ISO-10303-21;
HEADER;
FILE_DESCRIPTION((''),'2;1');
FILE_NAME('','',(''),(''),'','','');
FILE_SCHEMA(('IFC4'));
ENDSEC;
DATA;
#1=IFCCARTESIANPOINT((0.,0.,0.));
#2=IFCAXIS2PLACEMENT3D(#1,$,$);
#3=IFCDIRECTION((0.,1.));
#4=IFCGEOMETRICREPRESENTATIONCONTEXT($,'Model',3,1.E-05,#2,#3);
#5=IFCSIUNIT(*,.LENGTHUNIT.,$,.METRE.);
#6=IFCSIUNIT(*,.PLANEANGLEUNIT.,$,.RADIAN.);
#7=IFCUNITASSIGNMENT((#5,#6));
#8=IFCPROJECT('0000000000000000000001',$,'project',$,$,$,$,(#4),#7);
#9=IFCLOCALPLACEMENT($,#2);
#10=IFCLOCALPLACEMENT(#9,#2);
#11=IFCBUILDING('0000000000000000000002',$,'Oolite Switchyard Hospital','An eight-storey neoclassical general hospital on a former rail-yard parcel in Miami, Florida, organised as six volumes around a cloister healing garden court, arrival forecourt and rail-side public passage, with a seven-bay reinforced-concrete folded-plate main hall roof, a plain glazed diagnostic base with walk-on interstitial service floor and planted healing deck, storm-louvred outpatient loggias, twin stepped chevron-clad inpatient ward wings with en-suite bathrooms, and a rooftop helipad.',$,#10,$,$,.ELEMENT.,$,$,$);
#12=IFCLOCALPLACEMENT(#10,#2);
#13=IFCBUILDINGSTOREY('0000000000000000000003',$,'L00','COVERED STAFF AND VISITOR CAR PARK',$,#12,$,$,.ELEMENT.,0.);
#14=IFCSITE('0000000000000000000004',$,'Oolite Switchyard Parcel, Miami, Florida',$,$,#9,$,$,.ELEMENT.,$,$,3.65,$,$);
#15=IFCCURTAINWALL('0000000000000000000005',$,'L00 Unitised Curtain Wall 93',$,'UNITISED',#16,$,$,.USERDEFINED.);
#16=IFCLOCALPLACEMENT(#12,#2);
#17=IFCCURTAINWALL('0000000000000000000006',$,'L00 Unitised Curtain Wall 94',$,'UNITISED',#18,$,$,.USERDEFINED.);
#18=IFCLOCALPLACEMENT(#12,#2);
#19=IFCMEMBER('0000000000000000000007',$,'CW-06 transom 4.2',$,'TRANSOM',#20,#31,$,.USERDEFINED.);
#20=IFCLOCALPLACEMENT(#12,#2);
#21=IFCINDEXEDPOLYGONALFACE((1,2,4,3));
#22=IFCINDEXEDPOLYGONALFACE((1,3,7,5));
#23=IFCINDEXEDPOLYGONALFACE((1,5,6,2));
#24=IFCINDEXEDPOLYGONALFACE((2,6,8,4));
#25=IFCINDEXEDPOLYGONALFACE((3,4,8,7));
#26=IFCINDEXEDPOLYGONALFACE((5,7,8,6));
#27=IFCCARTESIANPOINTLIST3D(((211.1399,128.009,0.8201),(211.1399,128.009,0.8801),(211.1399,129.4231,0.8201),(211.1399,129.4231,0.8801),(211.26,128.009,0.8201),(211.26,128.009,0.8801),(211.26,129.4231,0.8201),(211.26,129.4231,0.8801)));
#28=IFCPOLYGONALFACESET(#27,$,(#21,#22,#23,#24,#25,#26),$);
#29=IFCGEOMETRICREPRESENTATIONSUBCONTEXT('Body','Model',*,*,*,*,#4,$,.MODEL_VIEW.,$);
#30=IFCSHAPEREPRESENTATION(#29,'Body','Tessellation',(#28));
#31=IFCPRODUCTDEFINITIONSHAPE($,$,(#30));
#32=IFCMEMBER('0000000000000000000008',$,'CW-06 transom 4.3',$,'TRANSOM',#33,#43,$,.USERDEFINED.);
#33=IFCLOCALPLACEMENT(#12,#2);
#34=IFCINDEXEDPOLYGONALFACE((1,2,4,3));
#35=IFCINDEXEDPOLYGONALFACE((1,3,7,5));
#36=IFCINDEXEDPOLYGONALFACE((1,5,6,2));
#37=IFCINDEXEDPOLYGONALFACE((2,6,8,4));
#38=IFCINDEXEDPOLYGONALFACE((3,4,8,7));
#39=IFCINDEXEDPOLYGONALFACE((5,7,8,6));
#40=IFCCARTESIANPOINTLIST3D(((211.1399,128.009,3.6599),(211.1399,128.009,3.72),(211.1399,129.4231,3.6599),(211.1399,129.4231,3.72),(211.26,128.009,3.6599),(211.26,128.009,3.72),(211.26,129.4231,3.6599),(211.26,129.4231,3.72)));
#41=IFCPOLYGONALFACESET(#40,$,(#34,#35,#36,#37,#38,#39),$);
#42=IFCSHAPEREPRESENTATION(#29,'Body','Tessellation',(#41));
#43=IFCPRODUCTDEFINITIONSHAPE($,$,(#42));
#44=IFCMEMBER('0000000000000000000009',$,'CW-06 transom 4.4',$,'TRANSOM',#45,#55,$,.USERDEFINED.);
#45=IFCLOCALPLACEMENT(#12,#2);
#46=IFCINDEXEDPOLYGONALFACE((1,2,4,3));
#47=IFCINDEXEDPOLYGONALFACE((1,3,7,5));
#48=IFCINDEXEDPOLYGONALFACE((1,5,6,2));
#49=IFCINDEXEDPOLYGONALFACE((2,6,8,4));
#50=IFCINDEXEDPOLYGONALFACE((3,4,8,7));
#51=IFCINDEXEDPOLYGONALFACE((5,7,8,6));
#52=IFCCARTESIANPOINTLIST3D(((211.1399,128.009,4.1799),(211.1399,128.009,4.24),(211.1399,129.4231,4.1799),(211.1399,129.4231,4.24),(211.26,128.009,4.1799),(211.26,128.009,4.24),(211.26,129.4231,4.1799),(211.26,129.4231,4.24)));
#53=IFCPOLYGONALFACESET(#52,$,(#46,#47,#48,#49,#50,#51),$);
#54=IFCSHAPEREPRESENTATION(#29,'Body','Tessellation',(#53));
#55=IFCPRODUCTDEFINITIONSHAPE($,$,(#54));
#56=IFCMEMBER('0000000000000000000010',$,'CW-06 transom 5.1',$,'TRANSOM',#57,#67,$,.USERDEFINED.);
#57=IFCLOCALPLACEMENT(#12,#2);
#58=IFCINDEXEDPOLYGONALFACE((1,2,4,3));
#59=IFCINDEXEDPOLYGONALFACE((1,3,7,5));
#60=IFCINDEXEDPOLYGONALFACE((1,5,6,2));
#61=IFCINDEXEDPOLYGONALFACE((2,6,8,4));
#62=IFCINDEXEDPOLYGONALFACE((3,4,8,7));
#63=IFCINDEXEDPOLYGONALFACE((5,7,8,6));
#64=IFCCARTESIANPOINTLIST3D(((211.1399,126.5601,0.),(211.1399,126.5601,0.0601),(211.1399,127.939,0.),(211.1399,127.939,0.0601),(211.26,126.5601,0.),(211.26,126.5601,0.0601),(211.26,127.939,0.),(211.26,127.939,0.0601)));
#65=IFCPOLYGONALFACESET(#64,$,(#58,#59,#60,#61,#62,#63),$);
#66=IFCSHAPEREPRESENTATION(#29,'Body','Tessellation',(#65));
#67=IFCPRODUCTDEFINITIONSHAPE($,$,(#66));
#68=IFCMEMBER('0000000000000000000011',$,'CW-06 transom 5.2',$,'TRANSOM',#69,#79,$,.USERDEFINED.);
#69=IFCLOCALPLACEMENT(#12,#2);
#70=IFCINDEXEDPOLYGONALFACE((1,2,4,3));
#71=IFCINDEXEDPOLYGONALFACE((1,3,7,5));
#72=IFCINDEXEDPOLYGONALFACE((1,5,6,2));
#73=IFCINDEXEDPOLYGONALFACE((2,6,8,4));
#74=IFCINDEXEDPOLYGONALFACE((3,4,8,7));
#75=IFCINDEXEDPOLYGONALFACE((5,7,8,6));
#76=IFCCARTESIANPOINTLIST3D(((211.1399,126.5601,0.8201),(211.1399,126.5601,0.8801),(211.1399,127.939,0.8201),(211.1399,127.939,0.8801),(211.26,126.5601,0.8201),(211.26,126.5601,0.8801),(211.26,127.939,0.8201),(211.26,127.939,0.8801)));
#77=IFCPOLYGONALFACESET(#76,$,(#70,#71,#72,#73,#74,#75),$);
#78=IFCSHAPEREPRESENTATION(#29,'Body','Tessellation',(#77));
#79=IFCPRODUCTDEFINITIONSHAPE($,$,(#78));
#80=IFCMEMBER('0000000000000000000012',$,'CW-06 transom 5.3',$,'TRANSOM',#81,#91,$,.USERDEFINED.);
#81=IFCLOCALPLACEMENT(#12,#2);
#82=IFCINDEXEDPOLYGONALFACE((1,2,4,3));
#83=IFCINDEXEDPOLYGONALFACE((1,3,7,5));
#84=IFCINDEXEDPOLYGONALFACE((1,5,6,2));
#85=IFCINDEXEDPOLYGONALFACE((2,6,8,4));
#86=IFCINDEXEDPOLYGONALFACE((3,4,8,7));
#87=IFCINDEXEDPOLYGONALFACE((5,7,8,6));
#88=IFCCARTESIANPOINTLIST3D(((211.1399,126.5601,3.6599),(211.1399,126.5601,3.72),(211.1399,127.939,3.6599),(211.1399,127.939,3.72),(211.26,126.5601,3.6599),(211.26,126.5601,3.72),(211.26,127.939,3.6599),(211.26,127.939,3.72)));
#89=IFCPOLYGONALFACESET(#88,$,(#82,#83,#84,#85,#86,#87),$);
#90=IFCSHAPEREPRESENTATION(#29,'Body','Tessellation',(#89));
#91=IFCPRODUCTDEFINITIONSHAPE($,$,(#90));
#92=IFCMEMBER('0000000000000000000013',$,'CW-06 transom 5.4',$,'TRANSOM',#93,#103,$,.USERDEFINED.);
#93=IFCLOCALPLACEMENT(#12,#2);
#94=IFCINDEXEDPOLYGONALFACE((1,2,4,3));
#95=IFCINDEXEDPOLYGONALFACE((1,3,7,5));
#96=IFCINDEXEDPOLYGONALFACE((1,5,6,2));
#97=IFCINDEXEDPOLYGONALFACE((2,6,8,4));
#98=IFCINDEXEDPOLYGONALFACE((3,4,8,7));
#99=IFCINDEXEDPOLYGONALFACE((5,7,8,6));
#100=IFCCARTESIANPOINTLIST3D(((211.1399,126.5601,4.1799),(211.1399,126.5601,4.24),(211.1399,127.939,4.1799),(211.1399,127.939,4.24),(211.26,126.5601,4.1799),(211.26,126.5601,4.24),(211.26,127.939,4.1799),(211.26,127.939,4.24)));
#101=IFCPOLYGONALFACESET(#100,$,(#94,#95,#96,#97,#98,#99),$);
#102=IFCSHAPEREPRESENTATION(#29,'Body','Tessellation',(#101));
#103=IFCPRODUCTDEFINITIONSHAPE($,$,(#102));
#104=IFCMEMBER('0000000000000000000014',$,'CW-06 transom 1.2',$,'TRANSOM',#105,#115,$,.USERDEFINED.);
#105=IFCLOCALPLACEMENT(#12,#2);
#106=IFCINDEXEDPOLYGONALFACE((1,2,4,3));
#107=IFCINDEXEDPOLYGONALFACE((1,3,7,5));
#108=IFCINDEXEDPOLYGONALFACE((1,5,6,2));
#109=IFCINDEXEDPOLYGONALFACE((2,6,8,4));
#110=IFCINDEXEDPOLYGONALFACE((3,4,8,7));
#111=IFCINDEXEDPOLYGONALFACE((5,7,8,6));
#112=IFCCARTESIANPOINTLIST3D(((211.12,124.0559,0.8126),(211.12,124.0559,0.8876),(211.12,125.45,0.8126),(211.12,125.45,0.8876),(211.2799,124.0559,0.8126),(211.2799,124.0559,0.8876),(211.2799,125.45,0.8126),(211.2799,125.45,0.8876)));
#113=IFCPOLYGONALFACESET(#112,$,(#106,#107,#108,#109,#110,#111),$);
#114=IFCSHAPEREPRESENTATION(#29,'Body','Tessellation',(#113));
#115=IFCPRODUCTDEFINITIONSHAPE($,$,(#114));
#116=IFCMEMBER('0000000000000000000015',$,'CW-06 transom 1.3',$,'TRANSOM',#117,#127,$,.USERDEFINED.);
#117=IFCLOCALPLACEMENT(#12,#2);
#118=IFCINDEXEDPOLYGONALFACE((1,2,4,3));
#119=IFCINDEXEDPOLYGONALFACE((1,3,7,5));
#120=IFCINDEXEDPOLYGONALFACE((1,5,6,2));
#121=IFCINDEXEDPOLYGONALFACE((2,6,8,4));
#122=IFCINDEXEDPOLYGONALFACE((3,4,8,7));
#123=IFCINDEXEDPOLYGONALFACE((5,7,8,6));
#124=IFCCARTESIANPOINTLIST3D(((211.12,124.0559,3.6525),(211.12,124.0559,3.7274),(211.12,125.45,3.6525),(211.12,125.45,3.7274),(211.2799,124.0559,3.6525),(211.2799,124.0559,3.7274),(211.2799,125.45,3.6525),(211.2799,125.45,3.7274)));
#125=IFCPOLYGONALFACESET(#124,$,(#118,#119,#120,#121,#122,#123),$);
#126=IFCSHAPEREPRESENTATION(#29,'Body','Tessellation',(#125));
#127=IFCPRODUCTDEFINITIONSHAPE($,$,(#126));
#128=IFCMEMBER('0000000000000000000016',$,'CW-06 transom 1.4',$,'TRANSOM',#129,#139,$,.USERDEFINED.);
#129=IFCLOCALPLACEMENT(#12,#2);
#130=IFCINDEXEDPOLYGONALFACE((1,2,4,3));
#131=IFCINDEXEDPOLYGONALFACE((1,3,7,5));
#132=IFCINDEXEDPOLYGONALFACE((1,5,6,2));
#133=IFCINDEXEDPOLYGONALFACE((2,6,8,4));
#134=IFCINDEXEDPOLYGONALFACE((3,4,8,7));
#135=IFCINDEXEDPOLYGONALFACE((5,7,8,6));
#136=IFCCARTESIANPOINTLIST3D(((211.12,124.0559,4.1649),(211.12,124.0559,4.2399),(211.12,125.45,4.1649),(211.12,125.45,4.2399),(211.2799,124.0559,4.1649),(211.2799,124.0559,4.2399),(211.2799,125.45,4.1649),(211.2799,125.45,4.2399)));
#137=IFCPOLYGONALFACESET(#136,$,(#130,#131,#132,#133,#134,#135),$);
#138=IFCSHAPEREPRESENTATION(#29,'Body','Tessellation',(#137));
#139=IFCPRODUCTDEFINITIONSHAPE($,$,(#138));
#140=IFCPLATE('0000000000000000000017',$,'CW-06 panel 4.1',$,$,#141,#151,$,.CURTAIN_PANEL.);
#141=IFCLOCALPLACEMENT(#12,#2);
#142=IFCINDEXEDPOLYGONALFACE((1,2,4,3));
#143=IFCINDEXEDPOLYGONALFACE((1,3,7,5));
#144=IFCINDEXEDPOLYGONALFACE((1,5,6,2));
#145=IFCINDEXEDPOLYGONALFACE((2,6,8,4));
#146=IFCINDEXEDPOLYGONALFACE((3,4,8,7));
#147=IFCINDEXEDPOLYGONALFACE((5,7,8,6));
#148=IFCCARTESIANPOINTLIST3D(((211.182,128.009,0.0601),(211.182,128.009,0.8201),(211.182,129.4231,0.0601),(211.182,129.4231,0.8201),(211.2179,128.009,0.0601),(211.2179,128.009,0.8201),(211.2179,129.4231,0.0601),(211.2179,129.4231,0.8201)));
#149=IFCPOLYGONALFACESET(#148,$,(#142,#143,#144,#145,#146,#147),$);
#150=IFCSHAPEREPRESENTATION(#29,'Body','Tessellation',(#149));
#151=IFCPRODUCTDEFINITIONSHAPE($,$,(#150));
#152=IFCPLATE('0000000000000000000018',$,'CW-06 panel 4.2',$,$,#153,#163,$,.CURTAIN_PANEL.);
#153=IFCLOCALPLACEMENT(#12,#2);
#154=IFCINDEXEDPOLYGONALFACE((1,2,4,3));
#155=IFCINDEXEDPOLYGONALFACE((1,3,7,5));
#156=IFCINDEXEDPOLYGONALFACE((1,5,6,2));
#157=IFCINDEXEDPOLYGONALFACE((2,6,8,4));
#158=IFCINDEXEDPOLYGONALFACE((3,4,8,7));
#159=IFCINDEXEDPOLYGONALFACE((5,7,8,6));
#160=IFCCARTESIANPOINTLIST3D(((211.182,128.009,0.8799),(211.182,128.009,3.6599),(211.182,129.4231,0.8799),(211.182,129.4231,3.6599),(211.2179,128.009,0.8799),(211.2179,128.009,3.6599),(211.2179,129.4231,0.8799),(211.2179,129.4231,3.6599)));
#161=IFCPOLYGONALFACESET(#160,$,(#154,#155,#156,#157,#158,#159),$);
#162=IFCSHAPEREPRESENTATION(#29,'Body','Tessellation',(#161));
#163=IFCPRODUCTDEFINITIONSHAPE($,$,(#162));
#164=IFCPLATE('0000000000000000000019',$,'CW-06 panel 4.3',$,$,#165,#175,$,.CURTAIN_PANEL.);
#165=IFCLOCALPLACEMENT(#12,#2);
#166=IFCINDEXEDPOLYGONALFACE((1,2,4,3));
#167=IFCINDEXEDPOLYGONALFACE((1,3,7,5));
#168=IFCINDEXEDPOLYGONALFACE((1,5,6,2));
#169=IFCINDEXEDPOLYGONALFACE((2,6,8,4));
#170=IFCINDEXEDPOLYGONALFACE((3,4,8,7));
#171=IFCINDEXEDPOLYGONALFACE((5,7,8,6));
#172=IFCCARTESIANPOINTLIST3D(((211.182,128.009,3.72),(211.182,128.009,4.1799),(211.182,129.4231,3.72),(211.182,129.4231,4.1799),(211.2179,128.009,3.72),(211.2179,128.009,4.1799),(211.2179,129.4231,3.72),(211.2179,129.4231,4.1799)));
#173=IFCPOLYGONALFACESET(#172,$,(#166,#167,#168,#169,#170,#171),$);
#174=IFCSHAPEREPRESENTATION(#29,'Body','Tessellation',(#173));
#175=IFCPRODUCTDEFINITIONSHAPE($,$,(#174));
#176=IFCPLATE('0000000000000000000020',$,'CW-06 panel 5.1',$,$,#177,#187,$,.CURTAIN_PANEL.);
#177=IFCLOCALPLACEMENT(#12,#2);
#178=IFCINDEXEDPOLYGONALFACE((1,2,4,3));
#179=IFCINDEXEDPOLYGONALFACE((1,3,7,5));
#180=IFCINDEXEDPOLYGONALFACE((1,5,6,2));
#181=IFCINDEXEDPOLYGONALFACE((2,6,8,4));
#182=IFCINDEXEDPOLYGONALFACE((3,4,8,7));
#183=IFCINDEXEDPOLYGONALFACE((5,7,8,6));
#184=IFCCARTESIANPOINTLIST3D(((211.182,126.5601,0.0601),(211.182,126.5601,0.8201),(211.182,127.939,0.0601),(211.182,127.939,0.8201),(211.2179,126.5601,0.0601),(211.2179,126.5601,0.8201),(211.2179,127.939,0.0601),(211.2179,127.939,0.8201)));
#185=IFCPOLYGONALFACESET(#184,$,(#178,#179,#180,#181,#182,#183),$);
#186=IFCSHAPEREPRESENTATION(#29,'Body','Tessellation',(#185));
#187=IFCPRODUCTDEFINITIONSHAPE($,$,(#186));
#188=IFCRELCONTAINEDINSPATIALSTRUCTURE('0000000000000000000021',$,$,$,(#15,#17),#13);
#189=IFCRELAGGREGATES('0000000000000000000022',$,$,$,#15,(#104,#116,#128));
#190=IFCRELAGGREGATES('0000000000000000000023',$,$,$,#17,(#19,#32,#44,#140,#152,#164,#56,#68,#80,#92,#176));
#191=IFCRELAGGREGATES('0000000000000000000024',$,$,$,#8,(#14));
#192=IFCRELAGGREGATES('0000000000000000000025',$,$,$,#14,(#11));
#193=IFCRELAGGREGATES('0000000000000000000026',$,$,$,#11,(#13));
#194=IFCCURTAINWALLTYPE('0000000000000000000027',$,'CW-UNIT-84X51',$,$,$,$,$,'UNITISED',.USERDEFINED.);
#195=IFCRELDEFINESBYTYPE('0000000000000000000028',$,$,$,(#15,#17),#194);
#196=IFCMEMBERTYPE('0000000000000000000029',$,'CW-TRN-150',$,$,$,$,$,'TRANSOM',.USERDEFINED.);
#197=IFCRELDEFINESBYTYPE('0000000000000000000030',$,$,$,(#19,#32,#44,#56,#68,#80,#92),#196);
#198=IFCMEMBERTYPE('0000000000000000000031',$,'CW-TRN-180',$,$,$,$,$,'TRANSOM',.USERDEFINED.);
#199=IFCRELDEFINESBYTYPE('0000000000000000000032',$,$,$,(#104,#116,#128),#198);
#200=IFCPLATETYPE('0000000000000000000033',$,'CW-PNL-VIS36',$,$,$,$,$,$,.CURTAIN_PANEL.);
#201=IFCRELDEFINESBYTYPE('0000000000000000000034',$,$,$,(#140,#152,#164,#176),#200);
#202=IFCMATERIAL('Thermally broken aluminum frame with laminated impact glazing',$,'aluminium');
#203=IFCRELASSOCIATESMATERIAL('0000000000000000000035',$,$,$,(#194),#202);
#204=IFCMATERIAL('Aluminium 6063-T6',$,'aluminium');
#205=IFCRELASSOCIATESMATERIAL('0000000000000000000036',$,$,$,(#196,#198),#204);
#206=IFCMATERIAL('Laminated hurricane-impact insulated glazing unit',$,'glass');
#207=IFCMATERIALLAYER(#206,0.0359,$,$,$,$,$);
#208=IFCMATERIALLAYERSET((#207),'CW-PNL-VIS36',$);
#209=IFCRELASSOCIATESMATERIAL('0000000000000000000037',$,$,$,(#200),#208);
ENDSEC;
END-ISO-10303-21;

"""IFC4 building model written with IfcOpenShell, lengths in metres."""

from ifc_helpers import new_model, si_unit, direction, frame, origin, origin_2d, place, context, subcontext, project, spatial, rectangle, extrude, material, layer, layer_set, material_profile, profile_set, type_object, element, aggregate, save


model = new_model("IFC4")

# Units and contexts
model_context = context("Model", 3, precision=1e-05, world=origin(), true_north=direction((0.0, 1.0)))
body_context = subcontext(model_context, "Body", "Model", "MODEL_VIEW")
ifc_project = project(units=[si_unit("LENGTHUNIT", "METRE"), si_unit("PLANEANGLEUNIT", "RADIAN")], contexts=[model_context])

# Site, building, storey
site_placement = place(None, origin())
site = spatial("IfcSite", under=ifc_project, at=site_placement, Name="Oolite Switchyard Parcel, Miami, Florida", CompositionType="ELEMENT", RefElevation=3.65)
building_placement = place(site_placement, origin())
building = spatial("IfcBuilding", under=site, at=building_placement, Name="Oolite Switchyard Hospital", Description="An eight-storey neoclassical general hospital on a former rail-yard parcel in Miami, Florida, organised as six volumes around a cloister healing garden court, arrival forecourt and rail-side public passage, with a seven-bay reinforced-concrete folded-plate main hall roof, a plain glazed diagnostic base with walk-on interstitial service floor and planted healing deck, storm-louvred outpatient loggias, twin stepped chevron-clad inpatient ward wings with en-suite bathrooms, and a rooftop helipad.", CompositionType="ELEMENT")
storey_placement = place(building_placement, origin())
storey = spatial("IfcBuildingStorey", under=building, at=storey_placement, Name="L00", Description="COVERED STAFF AND VISITOR CAR PARK", CompositionType="ELEMENT", Elevation=0.0)

# Curtain wall
ifc_material_1 = material(Name="Thermally broken aluminum frame with laminated impact glazing", Category="aluminium")
curtain_wall_type = type_object("IfcCurtainWallType", Name="CW-UNIT-84X51", ElementType="UNITISED", PredefinedType="USERDEFINED", material=ifc_material_1)
curtain_wall_1_placement = place(storey_placement, origin())
curtain_wall_1 = element("IfcCurtainWall", 1, at=curtain_wall_1_placement, inside=storey, type_object=curtain_wall_type, Name="L00 Unitised Curtain Wall 93", ObjectType="UNITISED", PredefinedType="USERDEFINED")
ifc_material_2 = material(Name="Aluminium 6063-T6", Category="aluminium")

# Curtain wall, members
curtain_wall_2_placement = place(storey_placement, origin())
curtain_wall_2 = element("IfcCurtainWall", 2, at=curtain_wall_2_placement, inside=storey, type_object=curtain_wall_type, Name="L00 Unitised Curtain Wall 94", ObjectType="UNITISED", PredefinedType="USERDEFINED")
ifc_material_profile_1 = material_profile(ifc_material_2, rectangle(XDim=0.1201, YDim=0.0601, at=origin_2d()), Name="CWT60X120")
ifc_profile_set_1 = profile_set([ifc_material_profile_1], Name="Aluminium 6063-T6")
member_type_1 = type_object("IfcMemberType", Name="CW-TRN-150", ElementType="TRANSOM", PredefinedType="USERDEFINED", material=ifc_profile_set_1)
member_1_placement = place(storey_placement, frame((211.2, 129.4231, 0.8501), z_axis=(0.0, -1.0, 0.0), x_axis=(1.0, 0.0, 0.0)))
member_1 = element("IfcMember", 3, at=member_1_placement, type_object=member_type_1, Name="CW-06 transom 4.2", ObjectType="TRANSOM", PredefinedType="USERDEFINED", context=body_context, shape_type="SweptSolid", body=[
    extrude(rectangle(XDim=0.1201, YDim=0.0601, at=origin_2d()), origin(), (0.0, 0.0, 1.0), 1.4141),
])
member_2_placement = place(storey_placement, frame((211.2, 129.4231, 3.6899), z_axis=(0.0, -1.0, 0.0), x_axis=(1.0, 0.0, 0.0)))
member_2 = element("IfcMember", 4, at=member_2_placement, type_object=member_type_1, Name="CW-06 transom 4.3", ObjectType="TRANSOM", PredefinedType="USERDEFINED", context=body_context, shape_type="SweptSolid", body=[
    extrude(rectangle(XDim=0.1201, YDim=0.0601, at=origin_2d()), origin(), (0.0, 0.0, 1.0), 1.4141),
])
member_3_placement = place(storey_placement, frame((211.2, 129.4231, 4.21), z_axis=(0.0, -1.0, 0.0), x_axis=(1.0, 0.0, 0.0)))
member_3 = element("IfcMember", 5, at=member_3_placement, type_object=member_type_1, Name="CW-06 transom 4.4", ObjectType="TRANSOM", PredefinedType="USERDEFINED", context=body_context, shape_type="SweptSolid", body=[
    extrude(rectangle(XDim=0.1201, YDim=0.0601, at=origin_2d()), origin(), (0.0, 0.0, 1.0), 1.4141),
])
member_4_placement = place(storey_placement, frame((211.2, 127.939, 0.03), z_axis=(0.0, -1.0, 0.0), x_axis=(1.0, 0.0, 0.0)))
member_4 = element("IfcMember", 6, at=member_4_placement, type_object=member_type_1, Name="CW-06 transom 5.1", ObjectType="TRANSOM", PredefinedType="USERDEFINED", context=body_context, shape_type="SweptSolid", body=[
    extrude(rectangle(XDim=0.1201, YDim=0.0601, at=origin_2d()), origin(), (0.0, 0.0, 1.0), 1.3789),
])
member_5_placement = place(storey_placement, frame((211.2, 127.939, 0.8501), z_axis=(0.0, -1.0, 0.0), x_axis=(1.0, 0.0, 0.0)))
member_5 = element("IfcMember", 7, at=member_5_placement, type_object=member_type_1, Name="CW-06 transom 5.2", ObjectType="TRANSOM", PredefinedType="USERDEFINED", context=body_context, shape_type="SweptSolid", body=[
    extrude(rectangle(XDim=0.1201, YDim=0.0601, at=origin_2d()), origin(), (0.0, 0.0, 1.0), 1.3789),
])
member_6_placement = place(storey_placement, frame((211.2, 127.939, 3.6899), z_axis=(0.0, -1.0, 0.0), x_axis=(1.0, 0.0, 0.0)))
member_6 = element("IfcMember", 8, at=member_6_placement, type_object=member_type_1, Name="CW-06 transom 5.3", ObjectType="TRANSOM", PredefinedType="USERDEFINED", context=body_context, shape_type="SweptSolid", body=[
    extrude(rectangle(XDim=0.1201, YDim=0.0601, at=origin_2d()), origin(), (0.0, 0.0, 1.0), 1.3789),
])
member_7_placement = place(storey_placement, frame((211.2, 127.939, 4.21), z_axis=(0.0, -1.0, 0.0), x_axis=(1.0, 0.0, 0.0)))
member_7 = element("IfcMember", 9, at=member_7_placement, type_object=member_type_1, Name="CW-06 transom 5.4", ObjectType="TRANSOM", PredefinedType="USERDEFINED", context=body_context, shape_type="SweptSolid", body=[
    extrude(rectangle(XDim=0.1201, YDim=0.0601, at=origin_2d()), origin(), (0.0, 0.0, 1.0), 1.3789),
])

# Members
ifc_material_profile_2 = material_profile(ifc_material_2, rectangle(XDim=0.1599, YDim=0.075, at=origin_2d()), Name="CWT75X160")
ifc_profile_set_2 = profile_set([ifc_material_profile_2], Name="Aluminium 6063-T6")
member_type_2 = type_object("IfcMemberType", Name="CW-TRN-180", ElementType="TRANSOM", PredefinedType="USERDEFINED", material=ifc_profile_set_2)
member_8_placement = place(storey_placement, frame((211.2, 125.45, 0.8501), z_axis=(0.0, -1.0, 0.0), x_axis=(1.0, 0.0, 0.0)))
member_8 = element("IfcMember", 10, at=member_8_placement, type_object=member_type_2, Name="CW-06 transom 1.2", ObjectType="TRANSOM", PredefinedType="USERDEFINED", context=body_context, shape_type="SweptSolid", body=[
    extrude(rectangle(XDim=0.1599, YDim=0.075, at=origin_2d()), origin(), (0.0, 0.0, 1.0), 1.394),
])
member_9_placement = place(storey_placement, frame((211.2, 125.45, 3.6899), z_axis=(0.0, -1.0, 0.0), x_axis=(1.0, 0.0, 0.0)))
member_9 = element("IfcMember", 11, at=member_9_placement, type_object=member_type_2, Name="CW-06 transom 1.3", ObjectType="TRANSOM", PredefinedType="USERDEFINED", context=body_context, shape_type="SweptSolid", body=[
    extrude(rectangle(XDim=0.1599, YDim=0.075, at=origin_2d()), origin(), (0.0, 0.0, 1.0), 1.394),
])
member_10_placement = place(storey_placement, frame((211.2, 125.45, 4.2024), z_axis=(0.0, -1.0, 0.0), x_axis=(1.0, 0.0, 0.0)))
member_10 = element("IfcMember", 12, at=member_10_placement, type_object=member_type_2, Name="CW-06 transom 1.4", ObjectType="TRANSOM", PredefinedType="USERDEFINED", context=body_context, shape_type="SweptSolid", body=[
    extrude(rectangle(XDim=0.1599, YDim=0.075, at=origin_2d()), origin(), (0.0, 0.0, 1.0), 1.394),
])
aggregate(curtain_wall_1, [member_8, member_9, member_10])

# Plates
ifc_material_3 = material(Name="Laminated hurricane-impact insulated glazing unit", Category="glass")
ifc_layer = layer(ifc_material_3, 0.0359)
ifc_layer_set = layer_set([ifc_layer], Name="CW-PNL-VIS36")
plate_type = type_object("IfcPlateType", Name="CW-PNL-VIS36", PredefinedType="CURTAIN_PANEL", material=ifc_layer_set)
plate_1_placement = place(storey_placement, frame((211.2, 128.7161, 0.0601), z_axis=(0.0, 0.0, 1.0), x_axis=(0.0, -1.0, 0.0)))
plate_1 = element("IfcPlate", 13, at=plate_1_placement, type_object=plate_type, Name="CW-06 panel 4.1", PredefinedType="CURTAIN_PANEL", context=body_context, shape_type="SweptSolid", body=[
    extrude(rectangle(XDim=1.4141, YDim=0.0359, at=origin_2d()), origin(), (0.0, 0.0, 1.0), 0.76),
])
plate_2_placement = place(storey_placement, frame((211.2, 128.7161, 0.8799), z_axis=(0.0, 0.0, 1.0), x_axis=(0.0, -1.0, 0.0)))
plate_2 = element("IfcPlate", 14, at=plate_2_placement, type_object=plate_type, Name="CW-06 panel 4.2", PredefinedType="CURTAIN_PANEL", context=body_context, shape_type="SweptSolid", body=[
    extrude(rectangle(XDim=1.4141, YDim=0.0359, at=origin_2d()), origin(), (0.0, 0.0, 1.0), 2.78),
])
plate_3_placement = place(storey_placement, frame((211.2, 128.7161, 3.72), z_axis=(0.0, 0.0, 1.0), x_axis=(0.0, -1.0, 0.0)))
plate_3 = element("IfcPlate", 15, at=plate_3_placement, type_object=plate_type, Name="CW-06 panel 4.3", PredefinedType="CURTAIN_PANEL", context=body_context, shape_type="SweptSolid", body=[
    extrude(rectangle(XDim=1.4141, YDim=0.0359, at=origin_2d()), origin(), (0.0, 0.0, 1.0), 0.46),
])
plate_4_placement = place(storey_placement, frame((211.2, 127.2495, 0.0601), z_axis=(0.0, 0.0, 1.0), x_axis=(0.0, -1.0, 0.0)))
plate_4 = element("IfcPlate", 16, at=plate_4_placement, type_object=plate_type, Name="CW-06 panel 5.1", PredefinedType="CURTAIN_PANEL", context=body_context, shape_type="SweptSolid", body=[
    extrude(rectangle(XDim=1.3789, YDim=0.0359, at=origin_2d()), origin(), (0.0, 0.0, 1.0), 0.76),
])
aggregate(curtain_wall_2, [member_1, member_2, member_3, plate_1, plate_2, plate_3, member_4, member_5, member_6, member_7, plate_4])

save(model, "model.ifc")
